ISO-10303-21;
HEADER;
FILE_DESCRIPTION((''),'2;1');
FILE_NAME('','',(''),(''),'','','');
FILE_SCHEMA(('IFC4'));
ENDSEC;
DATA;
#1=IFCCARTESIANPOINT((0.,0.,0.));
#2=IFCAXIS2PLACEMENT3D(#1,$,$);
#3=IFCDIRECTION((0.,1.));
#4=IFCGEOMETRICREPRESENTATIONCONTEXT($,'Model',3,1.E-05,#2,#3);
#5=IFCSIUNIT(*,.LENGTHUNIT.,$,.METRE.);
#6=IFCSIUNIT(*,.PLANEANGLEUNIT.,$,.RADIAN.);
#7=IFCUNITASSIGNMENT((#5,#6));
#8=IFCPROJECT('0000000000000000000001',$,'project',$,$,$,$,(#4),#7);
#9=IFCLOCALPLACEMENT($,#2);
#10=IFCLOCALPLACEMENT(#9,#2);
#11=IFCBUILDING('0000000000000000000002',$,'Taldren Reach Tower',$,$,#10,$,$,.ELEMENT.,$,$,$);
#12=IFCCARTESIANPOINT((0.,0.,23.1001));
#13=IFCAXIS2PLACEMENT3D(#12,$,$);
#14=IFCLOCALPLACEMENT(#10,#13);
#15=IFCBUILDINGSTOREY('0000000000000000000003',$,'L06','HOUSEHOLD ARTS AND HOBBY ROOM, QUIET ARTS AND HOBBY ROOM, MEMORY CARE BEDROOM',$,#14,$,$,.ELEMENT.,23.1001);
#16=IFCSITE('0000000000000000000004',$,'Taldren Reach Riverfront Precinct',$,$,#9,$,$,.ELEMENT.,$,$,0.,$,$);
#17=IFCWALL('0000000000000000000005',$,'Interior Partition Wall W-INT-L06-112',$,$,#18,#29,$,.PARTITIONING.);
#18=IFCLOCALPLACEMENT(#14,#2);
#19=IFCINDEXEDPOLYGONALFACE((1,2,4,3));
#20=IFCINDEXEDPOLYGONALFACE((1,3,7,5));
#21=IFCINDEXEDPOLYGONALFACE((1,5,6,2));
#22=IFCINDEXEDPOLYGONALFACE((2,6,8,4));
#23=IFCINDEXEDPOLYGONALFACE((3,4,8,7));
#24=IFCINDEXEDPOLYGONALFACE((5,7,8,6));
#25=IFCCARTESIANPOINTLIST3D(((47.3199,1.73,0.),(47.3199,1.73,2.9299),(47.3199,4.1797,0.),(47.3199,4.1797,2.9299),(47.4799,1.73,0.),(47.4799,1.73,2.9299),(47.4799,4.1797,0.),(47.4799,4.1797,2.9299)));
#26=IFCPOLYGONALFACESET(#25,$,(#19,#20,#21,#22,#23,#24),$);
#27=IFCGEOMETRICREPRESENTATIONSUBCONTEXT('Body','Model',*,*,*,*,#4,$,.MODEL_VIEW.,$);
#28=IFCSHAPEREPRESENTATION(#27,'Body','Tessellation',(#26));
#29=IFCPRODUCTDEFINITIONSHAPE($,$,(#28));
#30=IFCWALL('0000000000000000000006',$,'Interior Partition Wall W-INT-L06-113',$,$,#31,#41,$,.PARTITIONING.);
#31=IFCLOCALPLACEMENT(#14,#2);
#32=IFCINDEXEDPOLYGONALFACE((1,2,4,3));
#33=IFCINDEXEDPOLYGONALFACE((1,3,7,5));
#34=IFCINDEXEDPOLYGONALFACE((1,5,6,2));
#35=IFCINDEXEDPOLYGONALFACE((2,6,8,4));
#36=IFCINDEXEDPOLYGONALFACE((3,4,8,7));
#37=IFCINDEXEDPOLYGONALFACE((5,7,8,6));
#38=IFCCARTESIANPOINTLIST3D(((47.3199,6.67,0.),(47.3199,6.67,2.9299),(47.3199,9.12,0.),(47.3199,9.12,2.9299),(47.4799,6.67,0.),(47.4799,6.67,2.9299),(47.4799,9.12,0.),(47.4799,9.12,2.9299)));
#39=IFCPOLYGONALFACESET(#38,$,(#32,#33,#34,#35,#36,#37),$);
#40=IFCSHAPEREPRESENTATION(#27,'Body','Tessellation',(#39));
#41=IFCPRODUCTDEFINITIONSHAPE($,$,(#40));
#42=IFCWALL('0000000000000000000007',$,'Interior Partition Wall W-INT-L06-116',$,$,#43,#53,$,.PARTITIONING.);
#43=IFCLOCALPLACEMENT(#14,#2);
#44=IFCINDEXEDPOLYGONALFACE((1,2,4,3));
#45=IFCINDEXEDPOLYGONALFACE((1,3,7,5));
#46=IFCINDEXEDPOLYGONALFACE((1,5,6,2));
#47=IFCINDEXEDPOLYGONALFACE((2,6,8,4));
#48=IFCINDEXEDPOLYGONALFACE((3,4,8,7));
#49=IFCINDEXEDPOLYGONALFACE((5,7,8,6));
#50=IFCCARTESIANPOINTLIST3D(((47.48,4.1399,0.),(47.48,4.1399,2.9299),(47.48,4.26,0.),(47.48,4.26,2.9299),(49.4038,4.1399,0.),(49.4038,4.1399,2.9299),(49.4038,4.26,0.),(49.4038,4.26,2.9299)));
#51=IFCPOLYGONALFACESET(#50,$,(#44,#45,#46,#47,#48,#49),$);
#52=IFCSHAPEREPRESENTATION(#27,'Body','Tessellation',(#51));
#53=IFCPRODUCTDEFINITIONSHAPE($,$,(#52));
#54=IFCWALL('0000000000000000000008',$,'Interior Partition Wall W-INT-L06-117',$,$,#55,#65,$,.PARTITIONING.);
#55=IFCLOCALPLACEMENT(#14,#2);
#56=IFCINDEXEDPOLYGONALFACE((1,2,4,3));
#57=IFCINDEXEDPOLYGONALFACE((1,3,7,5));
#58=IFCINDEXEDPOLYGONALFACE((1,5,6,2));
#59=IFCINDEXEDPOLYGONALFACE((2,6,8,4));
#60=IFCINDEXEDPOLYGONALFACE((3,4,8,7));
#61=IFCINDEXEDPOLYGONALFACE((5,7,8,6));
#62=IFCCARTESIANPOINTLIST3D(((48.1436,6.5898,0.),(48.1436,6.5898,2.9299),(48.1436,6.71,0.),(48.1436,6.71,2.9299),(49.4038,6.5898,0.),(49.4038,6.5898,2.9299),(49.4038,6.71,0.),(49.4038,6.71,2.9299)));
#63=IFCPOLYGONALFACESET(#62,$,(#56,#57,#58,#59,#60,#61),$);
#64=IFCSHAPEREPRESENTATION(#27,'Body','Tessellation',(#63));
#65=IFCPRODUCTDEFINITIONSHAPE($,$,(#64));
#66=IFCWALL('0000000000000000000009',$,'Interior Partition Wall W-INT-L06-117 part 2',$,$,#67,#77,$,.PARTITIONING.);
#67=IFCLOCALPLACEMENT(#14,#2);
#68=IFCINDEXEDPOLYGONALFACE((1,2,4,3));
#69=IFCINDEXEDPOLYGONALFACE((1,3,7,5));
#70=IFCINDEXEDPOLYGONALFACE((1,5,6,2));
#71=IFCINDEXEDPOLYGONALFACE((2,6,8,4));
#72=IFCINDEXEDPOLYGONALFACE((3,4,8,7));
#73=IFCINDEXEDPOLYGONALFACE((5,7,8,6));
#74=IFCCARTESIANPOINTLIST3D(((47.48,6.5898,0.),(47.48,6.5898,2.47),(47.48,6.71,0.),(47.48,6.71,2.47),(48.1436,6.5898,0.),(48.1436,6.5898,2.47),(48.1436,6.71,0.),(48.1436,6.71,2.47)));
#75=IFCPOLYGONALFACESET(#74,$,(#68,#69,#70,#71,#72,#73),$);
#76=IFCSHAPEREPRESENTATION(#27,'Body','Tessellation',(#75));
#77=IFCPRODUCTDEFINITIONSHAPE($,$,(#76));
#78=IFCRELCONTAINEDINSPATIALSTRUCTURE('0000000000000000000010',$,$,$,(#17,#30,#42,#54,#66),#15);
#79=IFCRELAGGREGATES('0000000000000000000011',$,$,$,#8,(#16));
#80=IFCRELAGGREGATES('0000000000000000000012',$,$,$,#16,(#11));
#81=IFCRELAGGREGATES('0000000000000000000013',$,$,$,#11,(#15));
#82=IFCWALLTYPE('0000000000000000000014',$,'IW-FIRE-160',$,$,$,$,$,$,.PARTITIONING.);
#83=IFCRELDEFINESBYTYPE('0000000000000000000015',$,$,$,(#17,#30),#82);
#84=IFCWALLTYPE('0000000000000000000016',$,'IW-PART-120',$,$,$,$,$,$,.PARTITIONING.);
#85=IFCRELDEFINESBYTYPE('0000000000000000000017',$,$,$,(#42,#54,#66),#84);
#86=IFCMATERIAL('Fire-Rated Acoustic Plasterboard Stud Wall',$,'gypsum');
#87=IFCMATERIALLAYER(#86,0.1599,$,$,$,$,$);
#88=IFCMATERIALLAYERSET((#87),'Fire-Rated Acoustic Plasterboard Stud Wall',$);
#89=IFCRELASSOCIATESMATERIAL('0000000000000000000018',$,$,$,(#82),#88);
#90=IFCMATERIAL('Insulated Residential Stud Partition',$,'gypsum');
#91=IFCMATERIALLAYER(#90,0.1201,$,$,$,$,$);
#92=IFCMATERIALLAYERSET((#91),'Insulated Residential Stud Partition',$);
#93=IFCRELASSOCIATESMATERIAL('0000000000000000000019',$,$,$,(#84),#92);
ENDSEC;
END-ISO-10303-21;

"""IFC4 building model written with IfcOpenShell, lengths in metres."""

from ifc_helpers import new_model, si_unit, direction, frame, frame_2d, origin, place, context, subcontext, project, spatial, rectangle, extrude, source, transform, mapped, material, layer, layer_set, type_object, element, save


model = new_model("IFC4")

# Units and contexts
model_context = context("Model", 3, precision=1e-05, world=origin(), true_north=direction((0.0, 1.0)))
body_context = subcontext(model_context, "Body", "Model", "MODEL_VIEW")
ifc_project = project(units=[si_unit("LENGTHUNIT", "METRE"), si_unit("PLANEANGLEUNIT", "RADIAN")], contexts=[model_context])

# Site, building, storey
site_placement = place(None, origin())
site = spatial("IfcSite", under=ifc_project, at=site_placement, Name="Taldren Reach Riverfront Precinct", CompositionType="ELEMENT", RefElevation=0.0)
building_placement = place(site_placement, origin())
building = spatial("IfcBuilding", under=site, at=building_placement, Name="Taldren Reach Tower", CompositionType="ELEMENT")
storey_placement = place(building_placement, frame((0.0, 0.0, 23.1001)))
storey = spatial("IfcBuildingStorey", under=building, at=storey_placement, Name="L06", Description="HOUSEHOLD ARTS AND HOBBY ROOM, QUIET ARTS AND HOBBY ROOM, MEMORY CARE BEDROOM", CompositionType="ELEMENT", Elevation=23.1001)

# Shared definitions
ifc_material_1 = material(Name="Fire-Rated Acoustic Plasterboard Stud Wall", Category="gypsum")
ifc_layer_1 = layer(ifc_material_1, 0.1599)
ifc_layer_set_1 = layer_set([ifc_layer_1], Name="Fire-Rated Acoustic Plasterboard Stud Wall")
wall_type_1 = type_object("IfcWallType", Name="IW-FIRE-160", PredefinedType="PARTITIONING", material=ifc_layer_set_1)

# Shared definitions
ifc_material_2 = material(Name="Insulated Residential Stud Partition", Category="gypsum")
ifc_layer_2 = layer(ifc_material_2, 0.1201)
ifc_layer_set_2 = layer_set([ifc_layer_2], Name="Insulated Residential Stud Partition")
wall_type_2 = type_object("IfcWallType", Name="IW-PART-120", PredefinedType="PARTITIONING", material=ifc_layer_set_2)

# Walls
shared_shape_1 = source(origin(), body_context, "Body", "SweptSolid", [
    extrude(rectangle(XDim=2.4497, YDim=0.1599, at=frame_2d((1.2249, 0.0))), origin(), (0.0, 0.0, 1.0), 2.9299),
])
wall_1_placement = place(storey_placement, frame((47.3999, 4.1797, 0.0), z_axis=(0.0, 0.0, 1.0), x_axis=(0.0, -1.0, 0.0)))
element("IfcWall", 1, at=wall_1_placement, inside=storey, type_object=wall_type_1, Name="Interior Partition Wall W-INT-L06-112", PredefinedType="PARTITIONING", context=body_context, shape_type="MappedRepresentation", body=[
    mapped(shared_shape_1, transform((0.0, 0.0, 0.0), scale=1.0)),
])
shared_shape_2 = source(origin(), body_context, "Body", "SweptSolid", [
    extrude(rectangle(XDim=2.45, YDim=0.1599, at=frame_2d((1.2251, 0.0))), origin(), (0.0, 0.0, 1.0), 2.9299),
])
wall_2_placement = place(storey_placement, frame((47.3999, 9.1201, 0.0), z_axis=(0.0, 0.0, 1.0), x_axis=(0.0, -1.0, 0.0)))
element("IfcWall", 2, at=wall_2_placement, inside=storey, type_object=wall_type_1, Name="Interior Partition Wall W-INT-L06-113", PredefinedType="PARTITIONING", context=body_context, shape_type="MappedRepresentation", body=[
    mapped(shared_shape_2, transform((0.0, 0.0, 0.0), scale=1.0)),
])
shared_shape_3 = source(origin(), body_context, "Body", "SweptSolid", [
    extrude(rectangle(XDim=1.9238, YDim=0.1201, at=frame_2d((0.9619, 0.0))), origin(), (0.0, 0.0, 1.0), 2.9299),
])
wall_3_placement = place(storey_placement, frame((47.48, 4.2, 0.0), z_axis=(0.0, 0.0, 1.0), x_axis=(1.0, 0.0, 0.0)))
element("IfcWall", 3, at=wall_3_placement, inside=storey, type_object=wall_type_2, Name="Interior Partition Wall W-INT-L06-116", PredefinedType="PARTITIONING", context=body_context, shape_type="MappedRepresentation", body=[
    mapped(shared_shape_3, transform((0.0, 0.0, 0.0), scale=1.0)),
])
shared_shape_4 = source(origin(), body_context, "Body", "SweptSolid", [
    extrude(rectangle(XDim=1.2603, YDim=0.1201, at=frame_2d((0.6301, 0.0))), origin(), (0.0, 0.0, 1.0), 2.9299),
])
wall_4_placement = place(storey_placement, frame((49.4038, 6.6499, 0.0), z_axis=(0.0, 0.0, 1.0), x_axis=(-1.0, 0.0, 0.0)))
element("IfcWall", 4, at=wall_4_placement, inside=storey, type_object=wall_type_2, Name="Interior Partition Wall W-INT-L06-117", PredefinedType="PARTITIONING", context=body_context, shape_type="MappedRepresentation", body=[
    mapped(shared_shape_4, transform((0.0, 0.0, 0.0), scale=1.0)),
])
shared_shape_5 = source(origin(), body_context, "Body", "SweptSolid", [
    extrude(rectangle(XDim=0.6636, YDim=0.1201, at=frame_2d((0.3318, 0.0))), origin(), (0.0, 0.0, 1.0), 2.47),
])
wall_5_placement = place(storey_placement, frame((48.1436, 6.6499, 0.0), z_axis=(0.0, 0.0, 1.0), x_axis=(-1.0, 0.0, 0.0)))
element("IfcWall", 5, at=wall_5_placement, inside=storey, type_object=wall_type_2, Name="Interior Partition Wall W-INT-L06-117 part 2", PredefinedType="PARTITIONING", context=body_context, shape_type="MappedRepresentation", body=[
    mapped(shared_shape_5, transform((0.0, 0.0, 0.0), scale=1.0)),
])

save(model, "model.ifc")
